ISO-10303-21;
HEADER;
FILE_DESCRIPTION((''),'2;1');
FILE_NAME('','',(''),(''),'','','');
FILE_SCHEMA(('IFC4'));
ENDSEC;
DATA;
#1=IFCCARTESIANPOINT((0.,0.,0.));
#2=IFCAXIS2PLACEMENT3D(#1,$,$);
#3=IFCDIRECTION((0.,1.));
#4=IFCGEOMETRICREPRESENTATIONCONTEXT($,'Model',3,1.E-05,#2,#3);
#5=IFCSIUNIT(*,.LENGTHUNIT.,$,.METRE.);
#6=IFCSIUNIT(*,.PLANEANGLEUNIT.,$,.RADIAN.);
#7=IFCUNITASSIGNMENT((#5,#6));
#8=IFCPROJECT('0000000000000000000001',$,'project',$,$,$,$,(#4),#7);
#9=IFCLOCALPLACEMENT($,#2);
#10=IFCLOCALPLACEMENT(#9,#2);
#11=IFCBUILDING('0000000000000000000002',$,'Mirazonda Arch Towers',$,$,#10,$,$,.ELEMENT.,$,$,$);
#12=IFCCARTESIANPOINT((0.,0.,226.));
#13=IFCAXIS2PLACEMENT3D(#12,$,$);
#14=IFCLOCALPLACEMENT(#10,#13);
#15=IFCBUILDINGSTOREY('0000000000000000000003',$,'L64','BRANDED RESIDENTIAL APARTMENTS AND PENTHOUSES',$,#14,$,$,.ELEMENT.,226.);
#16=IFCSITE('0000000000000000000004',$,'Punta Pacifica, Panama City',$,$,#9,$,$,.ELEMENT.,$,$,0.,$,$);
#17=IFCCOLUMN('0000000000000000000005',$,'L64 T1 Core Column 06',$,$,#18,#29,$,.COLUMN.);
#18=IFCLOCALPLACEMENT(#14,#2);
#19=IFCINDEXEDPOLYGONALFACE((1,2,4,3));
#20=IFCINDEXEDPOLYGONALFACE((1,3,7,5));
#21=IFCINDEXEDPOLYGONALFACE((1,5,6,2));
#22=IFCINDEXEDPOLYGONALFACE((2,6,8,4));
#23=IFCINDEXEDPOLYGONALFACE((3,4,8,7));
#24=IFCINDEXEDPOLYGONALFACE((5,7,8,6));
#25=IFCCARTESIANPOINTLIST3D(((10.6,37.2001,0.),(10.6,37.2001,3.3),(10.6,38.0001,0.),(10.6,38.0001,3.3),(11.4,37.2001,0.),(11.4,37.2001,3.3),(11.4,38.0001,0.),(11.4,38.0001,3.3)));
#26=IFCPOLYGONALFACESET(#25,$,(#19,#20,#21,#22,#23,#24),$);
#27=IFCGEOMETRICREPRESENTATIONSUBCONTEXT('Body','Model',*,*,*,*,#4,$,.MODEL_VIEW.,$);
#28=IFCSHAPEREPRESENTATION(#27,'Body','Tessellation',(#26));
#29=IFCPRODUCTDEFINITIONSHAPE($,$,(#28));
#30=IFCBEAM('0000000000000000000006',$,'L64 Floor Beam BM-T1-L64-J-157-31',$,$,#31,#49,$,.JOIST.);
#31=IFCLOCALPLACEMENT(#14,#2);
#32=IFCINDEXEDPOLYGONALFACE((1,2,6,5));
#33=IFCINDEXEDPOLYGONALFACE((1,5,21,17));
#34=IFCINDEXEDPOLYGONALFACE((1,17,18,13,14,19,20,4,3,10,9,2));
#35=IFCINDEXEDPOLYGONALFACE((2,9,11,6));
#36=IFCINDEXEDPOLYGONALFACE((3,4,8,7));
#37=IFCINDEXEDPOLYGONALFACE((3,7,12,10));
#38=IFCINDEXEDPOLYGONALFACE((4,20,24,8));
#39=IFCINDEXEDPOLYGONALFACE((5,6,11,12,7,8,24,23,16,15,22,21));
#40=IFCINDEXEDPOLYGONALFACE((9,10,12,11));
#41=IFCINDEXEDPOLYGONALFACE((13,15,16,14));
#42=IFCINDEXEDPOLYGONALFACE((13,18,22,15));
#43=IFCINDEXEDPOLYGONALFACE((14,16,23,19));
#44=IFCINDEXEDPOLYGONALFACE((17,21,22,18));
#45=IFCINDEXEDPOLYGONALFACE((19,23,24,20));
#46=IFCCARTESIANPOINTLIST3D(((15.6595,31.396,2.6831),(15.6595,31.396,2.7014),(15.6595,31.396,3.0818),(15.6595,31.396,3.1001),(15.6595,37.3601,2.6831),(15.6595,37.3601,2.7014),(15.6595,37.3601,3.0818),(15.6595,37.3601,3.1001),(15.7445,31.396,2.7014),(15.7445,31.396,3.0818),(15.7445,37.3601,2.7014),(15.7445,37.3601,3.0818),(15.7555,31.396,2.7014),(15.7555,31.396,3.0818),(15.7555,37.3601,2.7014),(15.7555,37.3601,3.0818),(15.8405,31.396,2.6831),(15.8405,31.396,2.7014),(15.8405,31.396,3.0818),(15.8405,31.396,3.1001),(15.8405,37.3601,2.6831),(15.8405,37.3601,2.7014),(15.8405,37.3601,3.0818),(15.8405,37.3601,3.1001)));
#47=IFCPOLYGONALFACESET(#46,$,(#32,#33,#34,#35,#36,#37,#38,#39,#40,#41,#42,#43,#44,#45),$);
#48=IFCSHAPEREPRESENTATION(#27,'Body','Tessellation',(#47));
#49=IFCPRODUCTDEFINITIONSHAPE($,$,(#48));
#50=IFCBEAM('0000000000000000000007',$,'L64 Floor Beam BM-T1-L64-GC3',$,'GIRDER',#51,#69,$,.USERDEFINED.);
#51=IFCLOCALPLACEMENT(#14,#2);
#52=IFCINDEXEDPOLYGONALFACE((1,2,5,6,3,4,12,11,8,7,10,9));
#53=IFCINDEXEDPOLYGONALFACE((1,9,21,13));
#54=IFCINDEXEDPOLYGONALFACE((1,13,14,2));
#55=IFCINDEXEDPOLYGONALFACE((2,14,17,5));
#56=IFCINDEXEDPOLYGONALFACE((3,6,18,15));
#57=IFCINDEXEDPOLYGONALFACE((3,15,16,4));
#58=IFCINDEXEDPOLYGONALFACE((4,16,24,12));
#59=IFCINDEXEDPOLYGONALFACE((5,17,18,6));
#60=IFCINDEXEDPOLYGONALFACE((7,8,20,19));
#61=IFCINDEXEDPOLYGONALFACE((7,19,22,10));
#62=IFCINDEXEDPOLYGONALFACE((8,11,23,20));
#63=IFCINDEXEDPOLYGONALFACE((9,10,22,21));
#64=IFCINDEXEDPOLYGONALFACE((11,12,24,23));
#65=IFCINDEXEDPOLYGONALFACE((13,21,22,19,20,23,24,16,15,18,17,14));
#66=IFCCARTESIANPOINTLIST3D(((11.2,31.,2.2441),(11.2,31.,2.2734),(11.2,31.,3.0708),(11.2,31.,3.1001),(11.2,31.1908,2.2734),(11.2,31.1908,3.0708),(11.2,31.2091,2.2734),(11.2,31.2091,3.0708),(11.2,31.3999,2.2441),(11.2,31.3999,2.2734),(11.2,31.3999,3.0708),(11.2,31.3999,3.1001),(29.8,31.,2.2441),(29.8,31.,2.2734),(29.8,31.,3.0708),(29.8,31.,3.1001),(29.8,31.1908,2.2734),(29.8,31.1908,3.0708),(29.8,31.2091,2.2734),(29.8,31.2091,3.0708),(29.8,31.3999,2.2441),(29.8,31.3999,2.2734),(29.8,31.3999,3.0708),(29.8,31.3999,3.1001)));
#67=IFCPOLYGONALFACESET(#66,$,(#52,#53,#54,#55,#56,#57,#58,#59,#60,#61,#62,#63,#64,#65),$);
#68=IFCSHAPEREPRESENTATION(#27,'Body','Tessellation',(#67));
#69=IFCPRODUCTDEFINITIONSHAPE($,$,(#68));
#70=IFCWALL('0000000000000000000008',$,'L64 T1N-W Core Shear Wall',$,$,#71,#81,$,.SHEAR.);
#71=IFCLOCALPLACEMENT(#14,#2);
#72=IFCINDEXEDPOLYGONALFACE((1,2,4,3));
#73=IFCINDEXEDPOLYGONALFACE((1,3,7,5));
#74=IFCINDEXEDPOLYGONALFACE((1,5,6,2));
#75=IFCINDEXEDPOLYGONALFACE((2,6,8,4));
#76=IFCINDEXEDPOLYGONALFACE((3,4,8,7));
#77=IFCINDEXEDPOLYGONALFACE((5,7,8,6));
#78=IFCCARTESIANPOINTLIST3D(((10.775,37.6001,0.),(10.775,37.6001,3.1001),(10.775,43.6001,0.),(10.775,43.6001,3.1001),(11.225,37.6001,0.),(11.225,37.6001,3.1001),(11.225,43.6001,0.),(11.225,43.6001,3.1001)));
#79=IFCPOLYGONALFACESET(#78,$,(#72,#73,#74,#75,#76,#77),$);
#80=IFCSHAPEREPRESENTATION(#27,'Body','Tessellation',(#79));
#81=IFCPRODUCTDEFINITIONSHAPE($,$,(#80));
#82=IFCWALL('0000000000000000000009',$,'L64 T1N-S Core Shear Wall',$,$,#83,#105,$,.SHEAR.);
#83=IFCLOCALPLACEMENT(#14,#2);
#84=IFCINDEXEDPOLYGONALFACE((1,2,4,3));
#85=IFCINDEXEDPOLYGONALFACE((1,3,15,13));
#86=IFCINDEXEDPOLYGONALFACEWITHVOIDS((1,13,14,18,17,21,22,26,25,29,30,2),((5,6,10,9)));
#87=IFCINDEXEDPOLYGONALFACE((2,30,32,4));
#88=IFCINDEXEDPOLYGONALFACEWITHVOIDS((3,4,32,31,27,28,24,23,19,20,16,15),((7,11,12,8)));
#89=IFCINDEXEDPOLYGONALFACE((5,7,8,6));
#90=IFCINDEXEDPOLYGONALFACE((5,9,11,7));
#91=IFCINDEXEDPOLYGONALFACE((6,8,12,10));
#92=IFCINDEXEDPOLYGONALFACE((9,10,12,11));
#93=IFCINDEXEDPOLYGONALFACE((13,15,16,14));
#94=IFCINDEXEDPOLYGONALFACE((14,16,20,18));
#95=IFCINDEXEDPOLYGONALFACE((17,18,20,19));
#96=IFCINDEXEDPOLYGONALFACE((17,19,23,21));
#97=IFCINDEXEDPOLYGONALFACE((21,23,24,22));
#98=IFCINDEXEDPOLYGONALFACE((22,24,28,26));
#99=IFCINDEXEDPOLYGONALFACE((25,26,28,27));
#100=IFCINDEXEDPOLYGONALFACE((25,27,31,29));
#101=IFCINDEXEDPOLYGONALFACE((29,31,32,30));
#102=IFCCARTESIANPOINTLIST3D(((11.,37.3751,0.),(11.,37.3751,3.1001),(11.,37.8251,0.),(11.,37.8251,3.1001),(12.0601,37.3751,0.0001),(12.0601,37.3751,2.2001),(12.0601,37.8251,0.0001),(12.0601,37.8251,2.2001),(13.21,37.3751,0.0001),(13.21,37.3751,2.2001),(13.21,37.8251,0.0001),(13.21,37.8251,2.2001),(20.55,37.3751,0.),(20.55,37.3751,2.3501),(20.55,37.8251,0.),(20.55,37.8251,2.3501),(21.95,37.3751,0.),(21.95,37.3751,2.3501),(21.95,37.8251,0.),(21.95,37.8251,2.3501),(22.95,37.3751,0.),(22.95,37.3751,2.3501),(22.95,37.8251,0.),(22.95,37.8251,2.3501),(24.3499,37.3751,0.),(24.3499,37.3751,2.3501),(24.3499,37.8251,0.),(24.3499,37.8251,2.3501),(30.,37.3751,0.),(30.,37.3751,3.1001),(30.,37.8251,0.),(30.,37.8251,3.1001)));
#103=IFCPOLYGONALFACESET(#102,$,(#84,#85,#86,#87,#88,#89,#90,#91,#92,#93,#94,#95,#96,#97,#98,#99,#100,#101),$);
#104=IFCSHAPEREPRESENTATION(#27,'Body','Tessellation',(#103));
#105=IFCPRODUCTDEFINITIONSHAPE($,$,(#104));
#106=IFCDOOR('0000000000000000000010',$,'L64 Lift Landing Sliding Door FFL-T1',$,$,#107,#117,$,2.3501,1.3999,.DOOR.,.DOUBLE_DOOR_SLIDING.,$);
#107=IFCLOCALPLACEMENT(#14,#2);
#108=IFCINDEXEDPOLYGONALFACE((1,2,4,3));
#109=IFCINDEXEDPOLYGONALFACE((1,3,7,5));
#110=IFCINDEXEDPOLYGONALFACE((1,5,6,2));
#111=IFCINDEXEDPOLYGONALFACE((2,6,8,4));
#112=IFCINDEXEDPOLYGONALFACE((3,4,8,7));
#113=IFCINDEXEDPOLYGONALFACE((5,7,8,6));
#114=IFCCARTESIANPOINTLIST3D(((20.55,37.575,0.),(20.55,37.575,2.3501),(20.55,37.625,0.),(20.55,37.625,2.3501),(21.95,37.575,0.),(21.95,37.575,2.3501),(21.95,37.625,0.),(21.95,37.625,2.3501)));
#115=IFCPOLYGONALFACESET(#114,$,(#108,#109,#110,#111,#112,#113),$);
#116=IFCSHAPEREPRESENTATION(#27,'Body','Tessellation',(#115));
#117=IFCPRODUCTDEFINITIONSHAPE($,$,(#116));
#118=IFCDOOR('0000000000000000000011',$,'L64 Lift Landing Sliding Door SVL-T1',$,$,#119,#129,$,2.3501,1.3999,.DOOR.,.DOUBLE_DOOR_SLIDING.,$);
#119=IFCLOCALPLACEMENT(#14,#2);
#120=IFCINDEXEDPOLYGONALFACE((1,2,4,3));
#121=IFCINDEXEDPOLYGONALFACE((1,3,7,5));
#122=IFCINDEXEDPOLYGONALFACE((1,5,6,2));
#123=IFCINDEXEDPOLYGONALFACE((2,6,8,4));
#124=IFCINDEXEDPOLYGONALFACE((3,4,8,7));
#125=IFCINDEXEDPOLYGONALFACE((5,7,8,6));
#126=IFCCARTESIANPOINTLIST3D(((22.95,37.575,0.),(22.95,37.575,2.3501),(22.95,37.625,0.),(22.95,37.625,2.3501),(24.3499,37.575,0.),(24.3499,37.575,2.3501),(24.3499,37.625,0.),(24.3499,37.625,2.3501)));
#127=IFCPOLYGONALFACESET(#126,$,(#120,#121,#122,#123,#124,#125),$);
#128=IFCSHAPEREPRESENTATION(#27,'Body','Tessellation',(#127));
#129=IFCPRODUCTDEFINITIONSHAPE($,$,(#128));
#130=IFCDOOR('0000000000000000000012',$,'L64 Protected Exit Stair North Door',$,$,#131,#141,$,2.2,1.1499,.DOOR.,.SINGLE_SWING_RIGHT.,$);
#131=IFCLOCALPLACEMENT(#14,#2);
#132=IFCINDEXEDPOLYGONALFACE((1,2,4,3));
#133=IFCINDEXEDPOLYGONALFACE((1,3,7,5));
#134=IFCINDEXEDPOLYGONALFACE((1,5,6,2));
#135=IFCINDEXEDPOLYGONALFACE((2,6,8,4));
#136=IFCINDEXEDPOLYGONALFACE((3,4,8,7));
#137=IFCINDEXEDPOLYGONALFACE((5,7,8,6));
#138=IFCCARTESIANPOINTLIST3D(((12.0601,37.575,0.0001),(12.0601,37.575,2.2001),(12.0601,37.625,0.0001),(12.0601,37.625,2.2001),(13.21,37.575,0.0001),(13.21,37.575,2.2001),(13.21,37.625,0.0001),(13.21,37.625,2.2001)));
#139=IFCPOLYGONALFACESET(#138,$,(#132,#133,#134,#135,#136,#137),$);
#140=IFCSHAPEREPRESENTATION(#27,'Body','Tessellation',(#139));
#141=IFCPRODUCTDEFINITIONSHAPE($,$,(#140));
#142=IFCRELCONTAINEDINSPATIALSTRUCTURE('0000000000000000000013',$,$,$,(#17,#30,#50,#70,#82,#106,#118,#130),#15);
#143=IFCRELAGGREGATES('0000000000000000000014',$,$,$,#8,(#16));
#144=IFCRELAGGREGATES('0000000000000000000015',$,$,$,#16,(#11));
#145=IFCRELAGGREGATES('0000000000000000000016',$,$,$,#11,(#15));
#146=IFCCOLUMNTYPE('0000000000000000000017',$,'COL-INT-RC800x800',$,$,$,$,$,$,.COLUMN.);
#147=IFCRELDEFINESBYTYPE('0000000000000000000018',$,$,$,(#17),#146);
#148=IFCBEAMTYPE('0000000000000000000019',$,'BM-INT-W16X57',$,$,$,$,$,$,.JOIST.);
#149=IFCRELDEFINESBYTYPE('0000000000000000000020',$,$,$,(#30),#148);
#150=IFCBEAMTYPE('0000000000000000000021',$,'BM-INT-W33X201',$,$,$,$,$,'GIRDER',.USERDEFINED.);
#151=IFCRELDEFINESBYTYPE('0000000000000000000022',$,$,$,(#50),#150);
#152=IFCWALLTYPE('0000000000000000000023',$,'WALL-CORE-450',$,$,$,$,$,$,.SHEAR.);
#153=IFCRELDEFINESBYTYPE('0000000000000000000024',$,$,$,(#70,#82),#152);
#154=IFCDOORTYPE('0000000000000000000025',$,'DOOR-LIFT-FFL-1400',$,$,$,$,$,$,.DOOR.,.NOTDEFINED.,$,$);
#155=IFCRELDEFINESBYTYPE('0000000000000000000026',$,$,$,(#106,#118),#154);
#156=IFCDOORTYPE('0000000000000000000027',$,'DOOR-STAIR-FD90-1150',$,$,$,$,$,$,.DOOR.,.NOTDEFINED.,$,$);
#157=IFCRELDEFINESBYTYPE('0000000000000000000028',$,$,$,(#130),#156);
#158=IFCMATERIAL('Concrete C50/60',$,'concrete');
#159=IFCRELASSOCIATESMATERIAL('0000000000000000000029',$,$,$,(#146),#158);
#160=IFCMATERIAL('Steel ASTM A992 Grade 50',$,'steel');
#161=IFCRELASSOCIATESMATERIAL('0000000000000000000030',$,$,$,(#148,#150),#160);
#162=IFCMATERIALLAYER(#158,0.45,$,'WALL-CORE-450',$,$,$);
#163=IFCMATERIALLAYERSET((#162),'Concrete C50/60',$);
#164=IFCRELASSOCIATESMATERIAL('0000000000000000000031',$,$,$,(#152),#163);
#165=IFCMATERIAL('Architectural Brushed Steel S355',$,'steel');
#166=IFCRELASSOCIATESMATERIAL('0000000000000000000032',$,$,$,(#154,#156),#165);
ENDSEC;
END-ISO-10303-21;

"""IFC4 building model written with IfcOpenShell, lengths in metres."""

from ifc_helpers import new_model, si_unit, direction, frame, frame_2d, origin, origin_2d, place, context, subcontext, project, spatial, rectangle, i_section, extrude, material, layer, layer_set, material_profile, profile_set, type_object, element, fill, save


model = new_model("IFC4")

# Units and contexts
model_context = context("Model", 3, precision=1e-05, world=origin(), true_north=direction((0.0, 1.0)))
body_context = subcontext(model_context, "Body", "Model", "MODEL_VIEW")
ifc_project = project(units=[si_unit("LENGTHUNIT", "METRE"), si_unit("PLANEANGLEUNIT", "RADIAN")], contexts=[model_context])

# Site, building, storey
site_placement = place(None, origin())
site = spatial("IfcSite", under=ifc_project, at=site_placement, Name="Punta Pacifica, Panama City", CompositionType="ELEMENT", RefElevation=0.0)
building_placement = place(site_placement, origin())
building = spatial("IfcBuilding", under=site, at=building_placement, Name="Mirazonda Arch Towers", CompositionType="ELEMENT")
storey_placement = place(building_placement, frame((0.0, 0.0, 226.0)))
storey = spatial("IfcBuildingStorey", under=building, at=storey_placement, Name="L64", Description="BRANDED RESIDENTIAL APARTMENTS AND PENTHOUSES", CompositionType="ELEMENT", Elevation=226.0)

# Column
ifc_material_1 = material(Name="Concrete C50/60", Category="concrete")
ifc_material_profile_1 = material_profile(ifc_material_1, rectangle(XDim=0.8, YDim=0.8, at=origin_2d()), Name="RC800x800")
ifc_profile_set_1 = profile_set([ifc_material_profile_1], Name="Concrete C50/60")
column_type = type_object("IfcColumnType", Name="COL-INT-RC800x800", PredefinedType="COLUMN", material=ifc_profile_set_1)
column_placement = place(storey_placement, frame((11.0, 37.6001, 0.0), z_axis=(0.0, 0.0, 1.0), x_axis=(1.0, 0.0, 0.0)))
element("IfcColumn", 1, at=column_placement, inside=storey, type_object=column_type, Name="L64 T1 Core Column 06", PredefinedType="COLUMN", context=body_context, shape_type="SweptSolid", body=[
    extrude(rectangle(XDim=0.8, YDim=0.8, at=origin_2d()), origin(), (0.0, 0.0, 1.0), 3.3),
])

# Beams
ifc_material_2 = material(Name="Steel ASTM A992 Grade 50", Category="steel")
ifc_material_profile_2 = material_profile(ifc_material_2, i_section(OverallWidth=0.1809, OverallDepth=0.417, WebThickness=0.011, FlangeThickness=0.0183, at=origin_2d()), Name="W16X57")
ifc_profile_set_2 = profile_set([ifc_material_profile_2], Name="Steel ASTM A992 Grade 50")
beam_type_1 = type_object("IfcBeamType", Name="BM-INT-W16X57", PredefinedType="JOIST", material=ifc_profile_set_2)
beam_1_placement = place(storey_placement, frame((15.75, 31.396, 2.8916), z_axis=(0.0, 1.0, 0.0), x_axis=(-1.0, 0.0, 0.0)))
element("IfcBeam", 2, at=beam_1_placement, inside=storey, type_object=beam_type_1, Name="L64 Floor Beam BM-T1-L64-J-157-31", PredefinedType="JOIST", context=body_context, shape_type="SweptSolid", body=[
    extrude(i_section(OverallWidth=0.1809, OverallDepth=0.417, WebThickness=0.011, FlangeThickness=0.0183, at=origin_2d()), origin(), (0.0, 0.0, 1.0), 5.9641),
])
ifc_material_profile_3 = material_profile(ifc_material_2, i_section(OverallWidth=0.3999, OverallDepth=0.856, WebThickness=0.0183, FlangeThickness=0.0293, at=origin_2d()), Name="W33X201")
ifc_profile_set_3 = profile_set([ifc_material_profile_3], Name="Steel ASTM A992 Grade 50")
beam_type_2 = type_object("IfcBeamType", Name="BM-INT-W33X201", ElementType="GIRDER", PredefinedType="USERDEFINED", material=ifc_profile_set_3)
beam_2_placement = place(storey_placement, frame((11.2, 31.2, 2.6721), z_axis=(1.0, 0.0, 0.0), x_axis=(0.0, 1.0, 0.0)))
element("IfcBeam", 3, at=beam_2_placement, inside=storey, type_object=beam_type_2, Name="L64 Floor Beam BM-T1-L64-GC3", ObjectType="GIRDER", PredefinedType="USERDEFINED", context=body_context, shape_type="SweptSolid", body=[
    extrude(i_section(OverallWidth=0.3999, OverallDepth=0.856, WebThickness=0.0183, FlangeThickness=0.0293, at=origin_2d()), origin(), (0.0, 0.0, 1.0), 18.6001),
])

# Wall
ifc_layer_1 = layer(ifc_material_1, 0.45, Name="WALL-CORE-450")
ifc_layer_set_1 = layer_set([ifc_layer_1], Name="Concrete C50/60")
wall_type_1 = type_object("IfcWallType", Name="WALL-CORE-450", PredefinedType="SHEAR", material=ifc_layer_set_1)
wall_1_placement = place(storey_placement, frame((11.0, 37.6001, 0.0), z_axis=(0.0, 0.0, 1.0), x_axis=(0.0, 1.0, 0.0)))
element("IfcWall", 4, at=wall_1_placement, inside=storey, type_object=wall_type_1, Name="L64 T1N-W Core Shear Wall", PredefinedType="SHEAR", context=body_context, shape_type="SweptSolid", body=[
    extrude(rectangle(XDim=6.0, YDim=0.45, at=frame_2d((3.0, 0.0))), origin(), (0.0, 0.0, 1.0), 3.1001),
])

# Wall, openings, doors
wall_2_placement = place(storey_placement, frame((11.0, 37.6001, 0.0), z_axis=(0.0, 0.0, 1.0), x_axis=(1.0, 0.0, 0.0)))
wall_2 = element("IfcWall", 5, at=wall_2_placement, inside=storey, type_object=wall_type_1, Name="L64 T1N-S Core Shear Wall", PredefinedType="SHEAR", context=body_context, shape_type="SweptSolid", body=[
    extrude(rectangle(XDim=19.0, YDim=0.45, at=frame_2d((9.5, 0.0))), origin(), (0.0, 0.0, 1.0), 3.1001),
])
opening_1_placement = place(wall_2_placement, frame((1.0601, 0.0, 0.0)))
opening_1 = element("IfcOpeningElement", 6, at=opening_1_placement, cuts=wall_2, PredefinedType="OPENING", context=body_context, shape_type="SweptSolid", body=[
    extrude(rectangle(XDim=1.1499, YDim=2.2, at=frame_2d((0.575, 1.1001))), frame((0.0, 0.2349, 0.0), z_axis=(0.0, -1.0, 0.0), x_axis=(1.0, 0.0, 0.0)), (0.0, 0.0, 1.0), 0.47),
])
opening_2_placement = place(wall_2_placement, frame((9.55, 0.0, 0.0)))
opening_2 = element("IfcOpeningElement", 7, at=opening_2_placement, cuts=wall_2, PredefinedType="OPENING", context=body_context, shape_type="SweptSolid", body=[
    extrude(rectangle(XDim=1.3999, YDim=2.3501, at=frame_2d((0.7, 1.175))), frame((0.0, 0.2349, 0.0), z_axis=(0.0, -1.0, 0.0), x_axis=(1.0, 0.0, 0.0)), (0.0, 0.0, 1.0), 0.47),
])
opening_3_placement = place(wall_2_placement, frame((11.95, 0.0, 0.0)))
opening_3 = element("IfcOpeningElement", 8, at=opening_3_placement, cuts=wall_2, PredefinedType="OPENING", context=body_context, shape_type="SweptSolid", body=[
    extrude(rectangle(XDim=1.3999, YDim=2.3501, at=frame_2d((0.7, 1.175))), frame((0.0, 0.2349, 0.0), z_axis=(0.0, -1.0, 0.0), x_axis=(1.0, 0.0, 0.0)), (0.0, 0.0, 1.0), 0.47),
])
ifc_material_3 = material(Name="Architectural Brushed Steel S355", Category="steel")
door_type_1 = type_object("IfcDoorType", Name="DOOR-LIFT-FFL-1400", OperationType="NOTDEFINED", PredefinedType="DOOR", material=ifc_material_3)
door_1_placement = place(opening_2_placement, origin())
door_1 = element("IfcDoor", 9, at=door_1_placement, inside=storey, type_object=door_type_1, Name="L64 Lift Landing Sliding Door FFL-T1", OperationType="DOUBLE_DOOR_SLIDING", OverallHeight=2.3501, OverallWidth=1.3999, PredefinedType="DOOR", context=body_context, shape_type="SweptSolid", body=[
    extrude(rectangle(XDim=1.3999, YDim=2.3501, at=frame_2d((0.7, 1.175))), frame((0.0, 0.0249, 0.0), z_axis=(0.0, -1.0, 0.0), x_axis=(1.0, 0.0, 0.0)), (0.0, 0.0, 1.0), 0.05),
])
fill(opening_2, door_1)
door_2_placement = place(opening_3_placement, origin())
door_2 = element("IfcDoor", 10, at=door_2_placement, inside=storey, type_object=door_type_1, Name="L64 Lift Landing Sliding Door SVL-T1", OperationType="DOUBLE_DOOR_SLIDING", OverallHeight=2.3501, OverallWidth=1.3999, PredefinedType="DOOR", context=body_context, shape_type="SweptSolid", body=[
    extrude(rectangle(XDim=1.3999, YDim=2.3501, at=frame_2d((0.7, 1.175))), frame((0.0, 0.0249, 0.0), z_axis=(0.0, -1.0, 0.0), x_axis=(1.0, 0.0, 0.0)), (0.0, 0.0, 1.0), 0.05),
])
fill(opening_3, door_2)
door_type_2 = type_object("IfcDoorType", Name="DOOR-STAIR-FD90-1150", OperationType="NOTDEFINED", PredefinedType="DOOR", material=ifc_material_3)
door_3_placement = place(opening_1_placement, origin())
door_3 = element("IfcDoor", 11, at=door_3_placement, inside=storey, type_object=door_type_2, Name="L64 Protected Exit Stair North Door", OperationType="SINGLE_SWING_RIGHT", OverallHeight=2.2, OverallWidth=1.1499, PredefinedType="DOOR", context=body_context, shape_type="SweptSolid", body=[
    extrude(rectangle(XDim=1.1499, YDim=2.2, at=frame_2d((0.575, 1.1001))), frame((0.0, 0.0249, 0.0), z_axis=(0.0, -1.0, 0.0), x_axis=(1.0, 0.0, 0.0)), (0.0, 0.0, 1.0), 0.05),
])
fill(opening_1, door_3)

save(model, "model.ifc")
